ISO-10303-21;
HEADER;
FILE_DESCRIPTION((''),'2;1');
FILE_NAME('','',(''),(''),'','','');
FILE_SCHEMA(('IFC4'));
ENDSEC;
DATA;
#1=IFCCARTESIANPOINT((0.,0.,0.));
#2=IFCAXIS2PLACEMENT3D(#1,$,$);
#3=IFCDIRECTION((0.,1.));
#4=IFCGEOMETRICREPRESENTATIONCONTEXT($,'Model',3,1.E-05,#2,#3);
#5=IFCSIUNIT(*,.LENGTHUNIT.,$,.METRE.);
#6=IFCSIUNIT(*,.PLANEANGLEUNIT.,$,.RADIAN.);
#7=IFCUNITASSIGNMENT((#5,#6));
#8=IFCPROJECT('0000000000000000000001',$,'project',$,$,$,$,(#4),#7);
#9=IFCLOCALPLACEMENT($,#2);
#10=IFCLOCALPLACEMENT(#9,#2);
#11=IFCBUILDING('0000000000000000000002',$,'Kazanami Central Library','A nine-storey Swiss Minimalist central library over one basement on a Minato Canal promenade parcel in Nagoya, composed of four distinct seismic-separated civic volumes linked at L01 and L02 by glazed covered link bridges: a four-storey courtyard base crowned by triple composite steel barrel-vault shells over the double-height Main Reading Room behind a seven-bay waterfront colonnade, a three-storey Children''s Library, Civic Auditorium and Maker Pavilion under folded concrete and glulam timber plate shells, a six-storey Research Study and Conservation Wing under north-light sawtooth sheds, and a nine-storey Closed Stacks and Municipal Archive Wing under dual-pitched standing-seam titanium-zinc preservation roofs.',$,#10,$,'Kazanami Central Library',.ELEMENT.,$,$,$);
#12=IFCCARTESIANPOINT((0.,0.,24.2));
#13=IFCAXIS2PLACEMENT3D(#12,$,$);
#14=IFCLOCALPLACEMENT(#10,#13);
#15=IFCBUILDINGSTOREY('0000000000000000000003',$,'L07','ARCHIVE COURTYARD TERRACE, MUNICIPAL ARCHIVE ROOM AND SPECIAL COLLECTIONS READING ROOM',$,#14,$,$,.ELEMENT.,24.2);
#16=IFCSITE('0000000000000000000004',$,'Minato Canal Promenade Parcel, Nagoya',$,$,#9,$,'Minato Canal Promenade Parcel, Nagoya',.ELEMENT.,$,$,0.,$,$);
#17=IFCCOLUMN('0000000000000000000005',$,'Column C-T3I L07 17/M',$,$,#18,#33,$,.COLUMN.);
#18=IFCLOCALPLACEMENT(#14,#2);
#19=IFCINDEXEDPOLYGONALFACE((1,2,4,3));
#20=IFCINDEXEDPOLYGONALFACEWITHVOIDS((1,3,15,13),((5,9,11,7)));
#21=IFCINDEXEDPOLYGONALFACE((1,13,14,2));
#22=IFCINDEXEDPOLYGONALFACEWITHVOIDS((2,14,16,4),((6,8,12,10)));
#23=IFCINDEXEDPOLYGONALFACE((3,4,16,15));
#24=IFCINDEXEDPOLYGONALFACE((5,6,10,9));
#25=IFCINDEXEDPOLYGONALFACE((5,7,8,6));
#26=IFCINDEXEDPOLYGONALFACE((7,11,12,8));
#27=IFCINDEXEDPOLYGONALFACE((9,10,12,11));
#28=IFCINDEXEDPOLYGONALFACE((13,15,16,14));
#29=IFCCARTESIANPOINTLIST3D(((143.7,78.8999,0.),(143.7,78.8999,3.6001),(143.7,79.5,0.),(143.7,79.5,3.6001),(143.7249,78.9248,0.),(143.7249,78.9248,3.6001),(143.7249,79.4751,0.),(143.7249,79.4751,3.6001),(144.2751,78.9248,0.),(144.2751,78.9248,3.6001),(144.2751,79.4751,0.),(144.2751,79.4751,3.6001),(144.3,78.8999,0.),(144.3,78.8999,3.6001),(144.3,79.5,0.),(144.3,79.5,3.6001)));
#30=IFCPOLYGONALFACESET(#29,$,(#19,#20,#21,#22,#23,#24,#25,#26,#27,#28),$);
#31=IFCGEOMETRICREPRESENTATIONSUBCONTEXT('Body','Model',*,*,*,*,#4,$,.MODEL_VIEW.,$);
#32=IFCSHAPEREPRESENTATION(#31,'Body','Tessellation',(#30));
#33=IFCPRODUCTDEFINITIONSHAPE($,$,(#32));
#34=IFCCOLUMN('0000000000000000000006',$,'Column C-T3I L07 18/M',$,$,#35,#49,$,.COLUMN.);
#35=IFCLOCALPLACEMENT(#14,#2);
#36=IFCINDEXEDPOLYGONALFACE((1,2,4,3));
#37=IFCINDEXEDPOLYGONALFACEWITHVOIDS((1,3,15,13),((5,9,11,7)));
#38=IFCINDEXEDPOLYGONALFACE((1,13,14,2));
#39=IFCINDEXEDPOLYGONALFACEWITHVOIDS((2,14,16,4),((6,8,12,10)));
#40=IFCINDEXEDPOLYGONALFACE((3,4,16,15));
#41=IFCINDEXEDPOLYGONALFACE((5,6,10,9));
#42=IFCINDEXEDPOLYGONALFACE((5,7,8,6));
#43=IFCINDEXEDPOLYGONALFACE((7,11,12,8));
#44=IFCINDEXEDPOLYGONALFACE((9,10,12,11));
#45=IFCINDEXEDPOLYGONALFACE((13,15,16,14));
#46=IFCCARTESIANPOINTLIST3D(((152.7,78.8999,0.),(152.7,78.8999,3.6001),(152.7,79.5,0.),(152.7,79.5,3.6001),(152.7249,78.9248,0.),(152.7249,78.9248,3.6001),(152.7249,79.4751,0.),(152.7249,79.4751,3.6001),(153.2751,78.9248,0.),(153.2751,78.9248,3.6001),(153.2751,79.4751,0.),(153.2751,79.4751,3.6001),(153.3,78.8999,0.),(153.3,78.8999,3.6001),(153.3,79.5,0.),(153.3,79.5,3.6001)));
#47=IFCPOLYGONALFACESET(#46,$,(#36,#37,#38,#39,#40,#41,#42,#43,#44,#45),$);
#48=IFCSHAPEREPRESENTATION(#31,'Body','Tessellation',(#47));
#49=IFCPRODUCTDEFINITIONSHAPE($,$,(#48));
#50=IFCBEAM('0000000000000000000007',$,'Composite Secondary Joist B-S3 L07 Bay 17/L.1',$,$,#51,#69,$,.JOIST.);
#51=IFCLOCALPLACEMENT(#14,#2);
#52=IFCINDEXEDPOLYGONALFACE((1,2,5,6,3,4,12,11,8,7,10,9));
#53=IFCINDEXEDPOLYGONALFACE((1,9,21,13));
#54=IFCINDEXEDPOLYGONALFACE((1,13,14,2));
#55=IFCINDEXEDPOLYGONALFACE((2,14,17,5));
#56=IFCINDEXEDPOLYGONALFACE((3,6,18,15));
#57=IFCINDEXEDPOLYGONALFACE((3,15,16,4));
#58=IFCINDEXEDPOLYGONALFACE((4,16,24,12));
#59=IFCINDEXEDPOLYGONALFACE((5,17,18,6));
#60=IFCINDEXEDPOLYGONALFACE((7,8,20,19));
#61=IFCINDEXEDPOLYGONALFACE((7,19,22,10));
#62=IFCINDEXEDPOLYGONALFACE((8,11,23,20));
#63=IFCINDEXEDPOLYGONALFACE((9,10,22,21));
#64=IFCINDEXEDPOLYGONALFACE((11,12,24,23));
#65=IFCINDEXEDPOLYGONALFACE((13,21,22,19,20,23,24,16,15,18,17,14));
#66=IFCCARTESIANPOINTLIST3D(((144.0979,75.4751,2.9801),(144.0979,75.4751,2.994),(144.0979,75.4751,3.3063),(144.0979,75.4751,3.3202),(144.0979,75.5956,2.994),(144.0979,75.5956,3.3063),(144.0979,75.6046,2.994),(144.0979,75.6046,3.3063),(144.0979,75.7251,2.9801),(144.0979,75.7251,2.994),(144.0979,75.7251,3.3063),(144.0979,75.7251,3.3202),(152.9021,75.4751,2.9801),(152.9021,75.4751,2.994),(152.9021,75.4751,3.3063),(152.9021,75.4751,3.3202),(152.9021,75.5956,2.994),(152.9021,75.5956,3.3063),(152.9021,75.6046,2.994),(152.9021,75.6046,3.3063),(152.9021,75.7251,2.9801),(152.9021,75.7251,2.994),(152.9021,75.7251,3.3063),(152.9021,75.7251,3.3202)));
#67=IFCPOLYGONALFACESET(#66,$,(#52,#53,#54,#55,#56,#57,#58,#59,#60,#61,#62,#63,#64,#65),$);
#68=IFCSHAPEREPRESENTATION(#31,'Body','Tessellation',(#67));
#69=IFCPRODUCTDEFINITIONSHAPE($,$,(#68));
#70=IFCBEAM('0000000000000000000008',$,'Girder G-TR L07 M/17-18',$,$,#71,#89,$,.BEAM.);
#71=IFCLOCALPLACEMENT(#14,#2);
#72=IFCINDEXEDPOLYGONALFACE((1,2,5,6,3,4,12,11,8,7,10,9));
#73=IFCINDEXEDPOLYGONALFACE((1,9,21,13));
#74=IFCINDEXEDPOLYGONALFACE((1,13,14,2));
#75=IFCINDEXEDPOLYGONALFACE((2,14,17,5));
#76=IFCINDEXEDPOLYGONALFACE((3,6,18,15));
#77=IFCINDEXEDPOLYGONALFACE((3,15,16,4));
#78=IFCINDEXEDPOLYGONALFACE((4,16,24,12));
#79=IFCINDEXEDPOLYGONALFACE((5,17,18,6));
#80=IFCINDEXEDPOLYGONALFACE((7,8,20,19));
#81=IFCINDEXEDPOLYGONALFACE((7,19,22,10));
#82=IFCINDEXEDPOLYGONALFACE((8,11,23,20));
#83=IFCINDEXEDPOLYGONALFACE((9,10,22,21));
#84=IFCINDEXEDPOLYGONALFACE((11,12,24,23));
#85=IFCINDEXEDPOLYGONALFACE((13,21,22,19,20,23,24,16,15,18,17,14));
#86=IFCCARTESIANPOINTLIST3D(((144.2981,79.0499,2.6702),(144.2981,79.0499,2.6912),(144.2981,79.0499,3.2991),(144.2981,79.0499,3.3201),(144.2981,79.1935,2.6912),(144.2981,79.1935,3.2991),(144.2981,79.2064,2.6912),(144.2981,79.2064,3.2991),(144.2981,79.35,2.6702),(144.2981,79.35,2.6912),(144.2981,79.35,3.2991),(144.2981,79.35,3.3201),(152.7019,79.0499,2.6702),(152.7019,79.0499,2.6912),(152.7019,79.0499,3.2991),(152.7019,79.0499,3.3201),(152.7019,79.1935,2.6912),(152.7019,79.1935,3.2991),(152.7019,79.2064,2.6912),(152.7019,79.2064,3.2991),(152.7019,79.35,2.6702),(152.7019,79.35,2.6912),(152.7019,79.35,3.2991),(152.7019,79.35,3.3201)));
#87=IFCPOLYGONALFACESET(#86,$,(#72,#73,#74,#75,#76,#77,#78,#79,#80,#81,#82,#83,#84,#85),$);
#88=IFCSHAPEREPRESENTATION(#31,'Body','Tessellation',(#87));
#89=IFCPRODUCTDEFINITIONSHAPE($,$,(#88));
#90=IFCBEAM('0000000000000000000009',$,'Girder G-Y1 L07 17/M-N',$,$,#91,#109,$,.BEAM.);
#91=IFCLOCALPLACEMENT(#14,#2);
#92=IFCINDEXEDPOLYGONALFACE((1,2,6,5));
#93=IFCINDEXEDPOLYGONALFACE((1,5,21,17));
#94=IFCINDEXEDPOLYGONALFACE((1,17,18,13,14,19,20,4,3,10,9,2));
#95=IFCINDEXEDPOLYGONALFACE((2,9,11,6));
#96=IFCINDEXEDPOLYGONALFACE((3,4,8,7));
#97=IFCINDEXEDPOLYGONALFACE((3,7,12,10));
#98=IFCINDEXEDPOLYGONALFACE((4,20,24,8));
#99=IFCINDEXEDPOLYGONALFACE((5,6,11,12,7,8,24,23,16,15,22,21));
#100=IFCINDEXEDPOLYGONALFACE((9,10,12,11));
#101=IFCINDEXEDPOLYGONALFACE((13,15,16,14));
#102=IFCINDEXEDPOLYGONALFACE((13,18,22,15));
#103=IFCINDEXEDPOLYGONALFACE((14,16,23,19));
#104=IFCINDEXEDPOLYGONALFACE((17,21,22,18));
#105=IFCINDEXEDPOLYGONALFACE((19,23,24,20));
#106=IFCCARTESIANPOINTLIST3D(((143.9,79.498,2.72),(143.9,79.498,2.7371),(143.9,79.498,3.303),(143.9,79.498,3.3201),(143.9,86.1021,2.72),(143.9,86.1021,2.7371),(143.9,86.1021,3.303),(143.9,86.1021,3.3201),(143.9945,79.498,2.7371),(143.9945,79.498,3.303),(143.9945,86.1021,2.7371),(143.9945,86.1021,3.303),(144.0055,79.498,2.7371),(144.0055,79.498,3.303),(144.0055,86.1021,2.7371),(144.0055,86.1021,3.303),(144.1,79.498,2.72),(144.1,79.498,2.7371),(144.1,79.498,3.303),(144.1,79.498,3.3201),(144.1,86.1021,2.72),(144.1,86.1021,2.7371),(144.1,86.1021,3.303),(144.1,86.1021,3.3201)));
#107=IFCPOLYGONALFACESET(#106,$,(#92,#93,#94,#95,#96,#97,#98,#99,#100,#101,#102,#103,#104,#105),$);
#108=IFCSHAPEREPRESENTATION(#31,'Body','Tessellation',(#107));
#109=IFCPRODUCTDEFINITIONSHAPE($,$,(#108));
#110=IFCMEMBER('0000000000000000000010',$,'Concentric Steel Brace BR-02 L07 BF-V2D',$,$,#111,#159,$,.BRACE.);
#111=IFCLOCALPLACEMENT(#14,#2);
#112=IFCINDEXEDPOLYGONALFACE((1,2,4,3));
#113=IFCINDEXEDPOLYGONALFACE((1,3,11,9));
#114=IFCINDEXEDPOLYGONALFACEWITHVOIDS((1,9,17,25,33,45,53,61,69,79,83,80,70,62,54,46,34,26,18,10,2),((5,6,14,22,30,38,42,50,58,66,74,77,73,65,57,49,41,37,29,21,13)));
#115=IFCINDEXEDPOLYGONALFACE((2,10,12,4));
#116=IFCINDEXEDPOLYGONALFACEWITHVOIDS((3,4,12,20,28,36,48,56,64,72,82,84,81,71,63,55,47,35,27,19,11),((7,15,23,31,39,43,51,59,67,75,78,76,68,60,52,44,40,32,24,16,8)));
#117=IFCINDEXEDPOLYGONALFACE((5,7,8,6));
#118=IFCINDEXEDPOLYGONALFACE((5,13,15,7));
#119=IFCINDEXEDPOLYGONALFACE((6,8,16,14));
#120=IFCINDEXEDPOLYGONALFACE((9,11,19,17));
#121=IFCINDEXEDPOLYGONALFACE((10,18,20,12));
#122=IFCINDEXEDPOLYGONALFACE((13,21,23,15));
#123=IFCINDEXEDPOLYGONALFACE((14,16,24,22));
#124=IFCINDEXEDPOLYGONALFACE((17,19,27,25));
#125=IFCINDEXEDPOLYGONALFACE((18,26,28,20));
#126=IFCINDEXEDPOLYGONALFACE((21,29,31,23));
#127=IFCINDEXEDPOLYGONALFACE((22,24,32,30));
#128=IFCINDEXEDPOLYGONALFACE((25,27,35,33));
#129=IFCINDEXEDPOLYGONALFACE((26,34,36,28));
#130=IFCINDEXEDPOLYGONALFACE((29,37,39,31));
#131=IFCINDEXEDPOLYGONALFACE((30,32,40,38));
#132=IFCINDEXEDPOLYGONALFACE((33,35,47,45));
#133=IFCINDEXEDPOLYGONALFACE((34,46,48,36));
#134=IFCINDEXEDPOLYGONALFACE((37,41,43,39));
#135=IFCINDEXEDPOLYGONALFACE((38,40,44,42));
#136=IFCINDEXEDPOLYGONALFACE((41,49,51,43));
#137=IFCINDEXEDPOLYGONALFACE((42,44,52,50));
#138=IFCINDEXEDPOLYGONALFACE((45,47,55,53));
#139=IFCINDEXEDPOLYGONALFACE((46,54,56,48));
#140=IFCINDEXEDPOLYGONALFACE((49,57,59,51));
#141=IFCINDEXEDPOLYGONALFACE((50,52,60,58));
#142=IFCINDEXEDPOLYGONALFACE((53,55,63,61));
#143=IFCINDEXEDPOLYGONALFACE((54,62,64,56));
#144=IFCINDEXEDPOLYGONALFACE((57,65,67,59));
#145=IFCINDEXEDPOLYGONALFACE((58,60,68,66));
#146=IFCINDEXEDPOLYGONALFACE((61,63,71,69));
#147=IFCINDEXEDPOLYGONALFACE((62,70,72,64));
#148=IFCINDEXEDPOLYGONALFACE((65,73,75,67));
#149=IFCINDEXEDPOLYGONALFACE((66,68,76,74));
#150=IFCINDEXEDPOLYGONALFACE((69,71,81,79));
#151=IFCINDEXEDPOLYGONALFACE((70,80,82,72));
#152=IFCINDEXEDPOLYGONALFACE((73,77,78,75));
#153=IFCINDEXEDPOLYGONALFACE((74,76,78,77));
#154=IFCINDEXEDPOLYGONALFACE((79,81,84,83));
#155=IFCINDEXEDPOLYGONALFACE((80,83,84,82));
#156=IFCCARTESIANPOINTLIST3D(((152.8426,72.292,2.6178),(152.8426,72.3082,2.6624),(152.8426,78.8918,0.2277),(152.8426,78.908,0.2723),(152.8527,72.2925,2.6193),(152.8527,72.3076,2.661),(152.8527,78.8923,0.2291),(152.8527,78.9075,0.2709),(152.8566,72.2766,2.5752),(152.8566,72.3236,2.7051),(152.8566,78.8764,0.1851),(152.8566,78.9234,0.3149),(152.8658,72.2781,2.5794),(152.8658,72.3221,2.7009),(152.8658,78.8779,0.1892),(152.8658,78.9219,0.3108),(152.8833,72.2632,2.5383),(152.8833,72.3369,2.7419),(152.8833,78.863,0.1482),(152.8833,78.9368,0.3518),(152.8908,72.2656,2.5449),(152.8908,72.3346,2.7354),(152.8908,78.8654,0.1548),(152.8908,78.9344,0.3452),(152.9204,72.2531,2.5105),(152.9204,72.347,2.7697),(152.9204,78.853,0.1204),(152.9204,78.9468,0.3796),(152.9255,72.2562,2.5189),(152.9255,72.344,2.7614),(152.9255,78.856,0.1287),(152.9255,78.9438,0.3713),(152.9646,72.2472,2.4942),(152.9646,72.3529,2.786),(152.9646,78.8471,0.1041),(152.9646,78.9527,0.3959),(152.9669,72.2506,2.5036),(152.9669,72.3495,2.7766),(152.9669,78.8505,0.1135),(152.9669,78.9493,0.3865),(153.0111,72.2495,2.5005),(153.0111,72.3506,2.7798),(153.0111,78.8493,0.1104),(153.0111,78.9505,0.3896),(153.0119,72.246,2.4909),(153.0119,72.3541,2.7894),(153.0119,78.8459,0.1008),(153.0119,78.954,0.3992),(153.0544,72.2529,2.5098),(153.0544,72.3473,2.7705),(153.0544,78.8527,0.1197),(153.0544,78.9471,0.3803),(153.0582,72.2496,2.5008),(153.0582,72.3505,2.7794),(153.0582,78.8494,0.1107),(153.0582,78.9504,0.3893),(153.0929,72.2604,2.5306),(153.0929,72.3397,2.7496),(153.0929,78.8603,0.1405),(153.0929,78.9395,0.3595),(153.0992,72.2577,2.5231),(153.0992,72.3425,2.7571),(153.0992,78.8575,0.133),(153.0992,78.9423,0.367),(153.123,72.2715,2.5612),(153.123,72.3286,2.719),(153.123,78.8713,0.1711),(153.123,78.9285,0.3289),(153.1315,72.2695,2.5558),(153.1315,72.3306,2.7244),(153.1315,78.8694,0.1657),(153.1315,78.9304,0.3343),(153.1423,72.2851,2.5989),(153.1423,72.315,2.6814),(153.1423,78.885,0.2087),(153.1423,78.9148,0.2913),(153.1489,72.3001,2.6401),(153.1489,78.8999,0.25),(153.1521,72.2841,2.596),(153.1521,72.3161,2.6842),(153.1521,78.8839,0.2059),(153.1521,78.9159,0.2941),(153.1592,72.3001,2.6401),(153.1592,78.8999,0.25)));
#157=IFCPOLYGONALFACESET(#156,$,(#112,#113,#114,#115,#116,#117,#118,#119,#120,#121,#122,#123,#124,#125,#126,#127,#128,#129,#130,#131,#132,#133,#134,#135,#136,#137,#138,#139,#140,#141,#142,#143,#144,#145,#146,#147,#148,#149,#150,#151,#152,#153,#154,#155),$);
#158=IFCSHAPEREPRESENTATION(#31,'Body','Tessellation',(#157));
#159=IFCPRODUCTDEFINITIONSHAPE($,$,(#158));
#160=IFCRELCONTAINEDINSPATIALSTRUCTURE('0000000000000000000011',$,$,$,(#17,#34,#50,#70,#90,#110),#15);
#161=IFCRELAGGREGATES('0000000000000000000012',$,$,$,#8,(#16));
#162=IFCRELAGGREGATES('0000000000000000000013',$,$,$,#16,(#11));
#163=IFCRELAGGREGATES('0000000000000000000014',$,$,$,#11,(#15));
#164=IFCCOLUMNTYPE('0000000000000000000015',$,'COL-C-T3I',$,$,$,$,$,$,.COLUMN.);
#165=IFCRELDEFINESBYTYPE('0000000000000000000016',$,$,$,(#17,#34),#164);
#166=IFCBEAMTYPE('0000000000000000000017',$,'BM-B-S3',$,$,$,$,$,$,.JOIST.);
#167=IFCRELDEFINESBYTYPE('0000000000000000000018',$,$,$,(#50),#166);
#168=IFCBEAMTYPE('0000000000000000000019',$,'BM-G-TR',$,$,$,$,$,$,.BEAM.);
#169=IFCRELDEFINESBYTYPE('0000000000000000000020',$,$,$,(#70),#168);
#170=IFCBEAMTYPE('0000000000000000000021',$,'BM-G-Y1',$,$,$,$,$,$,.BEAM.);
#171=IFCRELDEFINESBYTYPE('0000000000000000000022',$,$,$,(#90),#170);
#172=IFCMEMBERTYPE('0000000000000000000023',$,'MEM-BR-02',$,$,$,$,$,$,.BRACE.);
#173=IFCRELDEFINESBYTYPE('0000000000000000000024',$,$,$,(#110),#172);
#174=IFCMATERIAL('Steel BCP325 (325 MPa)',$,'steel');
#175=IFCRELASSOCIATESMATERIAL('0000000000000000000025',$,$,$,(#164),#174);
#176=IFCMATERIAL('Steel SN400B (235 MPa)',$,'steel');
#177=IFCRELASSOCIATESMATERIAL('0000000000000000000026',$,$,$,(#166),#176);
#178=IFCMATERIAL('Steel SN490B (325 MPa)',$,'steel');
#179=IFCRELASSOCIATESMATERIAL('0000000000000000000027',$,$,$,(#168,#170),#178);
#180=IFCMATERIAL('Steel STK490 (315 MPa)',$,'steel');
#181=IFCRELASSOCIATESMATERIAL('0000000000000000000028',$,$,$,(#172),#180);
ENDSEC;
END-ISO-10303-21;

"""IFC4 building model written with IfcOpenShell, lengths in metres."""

from ifc_helpers import new_model, si_unit, direction, frame, origin, origin_2d, place, context, subcontext, project, spatial, hollow_rectangle, hollow_circle, i_section, extrude, material, material_profile, profile_set, type_object, element, save


model = new_model("IFC4")

# Units and contexts
model_context = context("Model", 3, precision=1e-05, world=origin(), true_north=direction((0.0, 1.0)))
body_context = subcontext(model_context, "Body", "Model", "MODEL_VIEW")
ifc_project = project(units=[si_unit("LENGTHUNIT", "METRE"), si_unit("PLANEANGLEUNIT", "RADIAN")], contexts=[model_context])

# Site, building, storey
site_placement = place(None, origin())
site = spatial("IfcSite", under=ifc_project, at=site_placement, Name="Minato Canal Promenade Parcel, Nagoya", LongName="Minato Canal Promenade Parcel, Nagoya", CompositionType="ELEMENT", RefElevation=0.0)
building_placement = place(site_placement, origin())
building = spatial("IfcBuilding", under=site, at=building_placement, Name="Kazanami Central Library", Description="A nine-storey Swiss Minimalist central library over one basement on a Minato Canal promenade parcel in Nagoya, composed of four distinct seismic-separated civic volumes linked at L01 and L02 by glazed covered link bridges: a four-storey courtyard base crowned by triple composite steel barrel-vault shells over the double-height Main Reading Room behind a seven-bay waterfront colonnade, a three-storey Children's Library, Civic Auditorium and Maker Pavilion under folded concrete and glulam timber plate shells, a six-storey Research Study and Conservation Wing under north-light sawtooth sheds, and a nine-storey Closed Stacks and Municipal Archive Wing under dual-pitched standing-seam titanium-zinc preservation roofs.", LongName="Kazanami Central Library", CompositionType="ELEMENT")
storey_placement = place(building_placement, frame((0.0, 0.0, 24.2)))
storey = spatial("IfcBuildingStorey", under=building, at=storey_placement, Name="L07", Description="ARCHIVE COURTYARD TERRACE, MUNICIPAL ARCHIVE ROOM AND SPECIAL COLLECTIONS READING ROOM", CompositionType="ELEMENT", Elevation=24.2)

# Columns
ifc_material_1 = material(Name="Steel BCP325 (325 MPa)", Category="steel")
ifc_material_profile_1 = material_profile(ifc_material_1, hollow_rectangle(XDim=0.6001, YDim=0.6001, WallThickness=0.0249, at=origin_2d()), Name="BCP-600x600x25")
ifc_profile_set_1 = profile_set([ifc_material_profile_1], Name="Steel BCP325 (325 MPa)")
column_type = type_object("IfcColumnType", Name="COL-C-T3I", PredefinedType="COLUMN", material=ifc_profile_set_1)
for number, where, z_axis, x_axis, name in (
    (1, (144.0, 79.2, 0.0), (0.0, 0.0, 1.0), (1.0, 0.0, 0.0), "Column C-T3I L07 17/M"),
    (2, (153.0, 79.2, 0.0), (0.0, 0.0, 1.0), (1.0, 0.0, 0.0), "Column C-T3I L07 18/M"),
):
    element("IfcColumn", number, at=place(storey_placement, frame(where, z_axis=z_axis, x_axis=x_axis)), inside=storey, type_object=column_type, Name=name, PredefinedType="COLUMN", context=body_context, shape_type="SweptSolid", body=[
        extrude(hollow_rectangle(XDim=0.6001, YDim=0.6001, WallThickness=0.0249, at=origin_2d()), origin(), (0.0, 0.0, 1.0), 3.6001),
    ])

# Beams
ifc_material_2 = material(Name="Steel SN400B (235 MPa)", Category="steel")
ifc_material_profile_2 = material_profile(ifc_material_2, i_section(OverallWidth=0.25, OverallDepth=0.3401, WebThickness=0.009, FlangeThickness=0.0139, at=origin_2d()), Name="H-340x250x9x14")
ifc_profile_set_2 = profile_set([ifc_material_profile_2], Name="Steel SN400B (235 MPa)")
beam_type_1 = type_object("IfcBeamType", Name="BM-B-S3", PredefinedType="JOIST", material=ifc_profile_set_2)
beam_1_placement = place(storey_placement, frame((144.0979, 75.6001, 3.1501), z_axis=(1.0, 0.0, 0.0), x_axis=(0.0, 1.0, 0.0)))
element("IfcBeam", 3, at=beam_1_placement, inside=storey, type_object=beam_type_1, Name="Composite Secondary Joist B-S3 L07 Bay 17/L.1", PredefinedType="JOIST", context=body_context, shape_type="SweptSolid", body=[
    extrude(i_section(OverallWidth=0.25, OverallDepth=0.3401, WebThickness=0.009, FlangeThickness=0.0139, at=origin_2d()), origin(), (0.0, 0.0, 1.0), 8.8042),
])
ifc_material_3 = material(Name="Steel SN490B (325 MPa)", Category="steel")
ifc_material_profile_3 = material_profile(ifc_material_3, i_section(OverallWidth=0.3, OverallDepth=0.6499, WebThickness=0.0129, FlangeThickness=0.021, at=origin_2d()), Name="H-650x300x13x21")
ifc_profile_set_3 = profile_set([ifc_material_profile_3], Name="Steel SN490B (325 MPa)")
beam_type_2 = type_object("IfcBeamType", Name="BM-G-TR", PredefinedType="BEAM", material=ifc_profile_set_3)
beam_2_placement = place(storey_placement, frame((144.2981, 79.2, 2.9951), z_axis=(1.0, 0.0, 0.0), x_axis=(0.0, 1.0, 0.0)))
element("IfcBeam", 4, at=beam_2_placement, inside=storey, type_object=beam_type_2, Name="Girder G-TR L07 M/17-18", PredefinedType="BEAM", context=body_context, shape_type="SweptSolid", body=[
    extrude(i_section(OverallWidth=0.3, OverallDepth=0.6499, WebThickness=0.0129, FlangeThickness=0.021, at=origin_2d()), origin(), (0.0, 0.0, 1.0), 8.4038),
])
ifc_material_profile_4 = material_profile(ifc_material_3, i_section(OverallWidth=0.2, OverallDepth=0.6001, WebThickness=0.011, FlangeThickness=0.0171, at=origin_2d()), Name="H-600x200x11x17")
ifc_profile_set_4 = profile_set([ifc_material_profile_4], Name="Steel SN490B (325 MPa)")
beam_type_3 = type_object("IfcBeamType", Name="BM-G-Y1", PredefinedType="BEAM", material=ifc_profile_set_4)
beam_3_placement = place(storey_placement, frame((144.0, 79.498, 3.02), z_axis=(0.0, 1.0, 0.0), x_axis=(-1.0, 0.0, 0.0)))
element("IfcBeam", 5, at=beam_3_placement, inside=storey, type_object=beam_type_3, Name="Girder G-Y1 L07 17/M-N", PredefinedType="BEAM", context=body_context, shape_type="SweptSolid", body=[
    extrude(i_section(OverallWidth=0.2, OverallDepth=0.6001, WebThickness=0.011, FlangeThickness=0.0171, at=origin_2d()), origin(), (0.0, 0.0, 1.0), 6.604),
])

# Member
ifc_material_4 = material(Name="Steel STK490 (315 MPa)", Category="steel")
ifc_material_profile_5 = material_profile(ifc_material_4, hollow_circle(Radius=0.1592, WallThickness=0.0103, at=origin_2d()), Name="CHS-318.5x10.3")
ifc_profile_set_5 = profile_set([ifc_material_profile_5], Name="Steel STK490 (315 MPa)")
member_type = type_object("IfcMemberType", Name="MEM-BR-02", PredefinedType="BRACE", material=ifc_profile_set_5)
member_placement = place(storey_placement, frame((153.0, 78.8999, 0.25), z_axis=(0.0, -0.940241, 0.340508), x_axis=(1.0, 0.0, 0.0)))
element("IfcMember", 6, at=member_placement, inside=storey, type_object=member_type, Name="Concentric Steel Brace BR-02 L07 BF-V2D", PredefinedType="BRACE", context=body_context, shape_type="SweptSolid", body=[
    extrude(hollow_circle(Radius=0.1592, WallThickness=0.0103, at=origin_2d()), origin(), (0.0, 0.0, 1.0), 7.0193),
])

save(model, "model.ifc")
